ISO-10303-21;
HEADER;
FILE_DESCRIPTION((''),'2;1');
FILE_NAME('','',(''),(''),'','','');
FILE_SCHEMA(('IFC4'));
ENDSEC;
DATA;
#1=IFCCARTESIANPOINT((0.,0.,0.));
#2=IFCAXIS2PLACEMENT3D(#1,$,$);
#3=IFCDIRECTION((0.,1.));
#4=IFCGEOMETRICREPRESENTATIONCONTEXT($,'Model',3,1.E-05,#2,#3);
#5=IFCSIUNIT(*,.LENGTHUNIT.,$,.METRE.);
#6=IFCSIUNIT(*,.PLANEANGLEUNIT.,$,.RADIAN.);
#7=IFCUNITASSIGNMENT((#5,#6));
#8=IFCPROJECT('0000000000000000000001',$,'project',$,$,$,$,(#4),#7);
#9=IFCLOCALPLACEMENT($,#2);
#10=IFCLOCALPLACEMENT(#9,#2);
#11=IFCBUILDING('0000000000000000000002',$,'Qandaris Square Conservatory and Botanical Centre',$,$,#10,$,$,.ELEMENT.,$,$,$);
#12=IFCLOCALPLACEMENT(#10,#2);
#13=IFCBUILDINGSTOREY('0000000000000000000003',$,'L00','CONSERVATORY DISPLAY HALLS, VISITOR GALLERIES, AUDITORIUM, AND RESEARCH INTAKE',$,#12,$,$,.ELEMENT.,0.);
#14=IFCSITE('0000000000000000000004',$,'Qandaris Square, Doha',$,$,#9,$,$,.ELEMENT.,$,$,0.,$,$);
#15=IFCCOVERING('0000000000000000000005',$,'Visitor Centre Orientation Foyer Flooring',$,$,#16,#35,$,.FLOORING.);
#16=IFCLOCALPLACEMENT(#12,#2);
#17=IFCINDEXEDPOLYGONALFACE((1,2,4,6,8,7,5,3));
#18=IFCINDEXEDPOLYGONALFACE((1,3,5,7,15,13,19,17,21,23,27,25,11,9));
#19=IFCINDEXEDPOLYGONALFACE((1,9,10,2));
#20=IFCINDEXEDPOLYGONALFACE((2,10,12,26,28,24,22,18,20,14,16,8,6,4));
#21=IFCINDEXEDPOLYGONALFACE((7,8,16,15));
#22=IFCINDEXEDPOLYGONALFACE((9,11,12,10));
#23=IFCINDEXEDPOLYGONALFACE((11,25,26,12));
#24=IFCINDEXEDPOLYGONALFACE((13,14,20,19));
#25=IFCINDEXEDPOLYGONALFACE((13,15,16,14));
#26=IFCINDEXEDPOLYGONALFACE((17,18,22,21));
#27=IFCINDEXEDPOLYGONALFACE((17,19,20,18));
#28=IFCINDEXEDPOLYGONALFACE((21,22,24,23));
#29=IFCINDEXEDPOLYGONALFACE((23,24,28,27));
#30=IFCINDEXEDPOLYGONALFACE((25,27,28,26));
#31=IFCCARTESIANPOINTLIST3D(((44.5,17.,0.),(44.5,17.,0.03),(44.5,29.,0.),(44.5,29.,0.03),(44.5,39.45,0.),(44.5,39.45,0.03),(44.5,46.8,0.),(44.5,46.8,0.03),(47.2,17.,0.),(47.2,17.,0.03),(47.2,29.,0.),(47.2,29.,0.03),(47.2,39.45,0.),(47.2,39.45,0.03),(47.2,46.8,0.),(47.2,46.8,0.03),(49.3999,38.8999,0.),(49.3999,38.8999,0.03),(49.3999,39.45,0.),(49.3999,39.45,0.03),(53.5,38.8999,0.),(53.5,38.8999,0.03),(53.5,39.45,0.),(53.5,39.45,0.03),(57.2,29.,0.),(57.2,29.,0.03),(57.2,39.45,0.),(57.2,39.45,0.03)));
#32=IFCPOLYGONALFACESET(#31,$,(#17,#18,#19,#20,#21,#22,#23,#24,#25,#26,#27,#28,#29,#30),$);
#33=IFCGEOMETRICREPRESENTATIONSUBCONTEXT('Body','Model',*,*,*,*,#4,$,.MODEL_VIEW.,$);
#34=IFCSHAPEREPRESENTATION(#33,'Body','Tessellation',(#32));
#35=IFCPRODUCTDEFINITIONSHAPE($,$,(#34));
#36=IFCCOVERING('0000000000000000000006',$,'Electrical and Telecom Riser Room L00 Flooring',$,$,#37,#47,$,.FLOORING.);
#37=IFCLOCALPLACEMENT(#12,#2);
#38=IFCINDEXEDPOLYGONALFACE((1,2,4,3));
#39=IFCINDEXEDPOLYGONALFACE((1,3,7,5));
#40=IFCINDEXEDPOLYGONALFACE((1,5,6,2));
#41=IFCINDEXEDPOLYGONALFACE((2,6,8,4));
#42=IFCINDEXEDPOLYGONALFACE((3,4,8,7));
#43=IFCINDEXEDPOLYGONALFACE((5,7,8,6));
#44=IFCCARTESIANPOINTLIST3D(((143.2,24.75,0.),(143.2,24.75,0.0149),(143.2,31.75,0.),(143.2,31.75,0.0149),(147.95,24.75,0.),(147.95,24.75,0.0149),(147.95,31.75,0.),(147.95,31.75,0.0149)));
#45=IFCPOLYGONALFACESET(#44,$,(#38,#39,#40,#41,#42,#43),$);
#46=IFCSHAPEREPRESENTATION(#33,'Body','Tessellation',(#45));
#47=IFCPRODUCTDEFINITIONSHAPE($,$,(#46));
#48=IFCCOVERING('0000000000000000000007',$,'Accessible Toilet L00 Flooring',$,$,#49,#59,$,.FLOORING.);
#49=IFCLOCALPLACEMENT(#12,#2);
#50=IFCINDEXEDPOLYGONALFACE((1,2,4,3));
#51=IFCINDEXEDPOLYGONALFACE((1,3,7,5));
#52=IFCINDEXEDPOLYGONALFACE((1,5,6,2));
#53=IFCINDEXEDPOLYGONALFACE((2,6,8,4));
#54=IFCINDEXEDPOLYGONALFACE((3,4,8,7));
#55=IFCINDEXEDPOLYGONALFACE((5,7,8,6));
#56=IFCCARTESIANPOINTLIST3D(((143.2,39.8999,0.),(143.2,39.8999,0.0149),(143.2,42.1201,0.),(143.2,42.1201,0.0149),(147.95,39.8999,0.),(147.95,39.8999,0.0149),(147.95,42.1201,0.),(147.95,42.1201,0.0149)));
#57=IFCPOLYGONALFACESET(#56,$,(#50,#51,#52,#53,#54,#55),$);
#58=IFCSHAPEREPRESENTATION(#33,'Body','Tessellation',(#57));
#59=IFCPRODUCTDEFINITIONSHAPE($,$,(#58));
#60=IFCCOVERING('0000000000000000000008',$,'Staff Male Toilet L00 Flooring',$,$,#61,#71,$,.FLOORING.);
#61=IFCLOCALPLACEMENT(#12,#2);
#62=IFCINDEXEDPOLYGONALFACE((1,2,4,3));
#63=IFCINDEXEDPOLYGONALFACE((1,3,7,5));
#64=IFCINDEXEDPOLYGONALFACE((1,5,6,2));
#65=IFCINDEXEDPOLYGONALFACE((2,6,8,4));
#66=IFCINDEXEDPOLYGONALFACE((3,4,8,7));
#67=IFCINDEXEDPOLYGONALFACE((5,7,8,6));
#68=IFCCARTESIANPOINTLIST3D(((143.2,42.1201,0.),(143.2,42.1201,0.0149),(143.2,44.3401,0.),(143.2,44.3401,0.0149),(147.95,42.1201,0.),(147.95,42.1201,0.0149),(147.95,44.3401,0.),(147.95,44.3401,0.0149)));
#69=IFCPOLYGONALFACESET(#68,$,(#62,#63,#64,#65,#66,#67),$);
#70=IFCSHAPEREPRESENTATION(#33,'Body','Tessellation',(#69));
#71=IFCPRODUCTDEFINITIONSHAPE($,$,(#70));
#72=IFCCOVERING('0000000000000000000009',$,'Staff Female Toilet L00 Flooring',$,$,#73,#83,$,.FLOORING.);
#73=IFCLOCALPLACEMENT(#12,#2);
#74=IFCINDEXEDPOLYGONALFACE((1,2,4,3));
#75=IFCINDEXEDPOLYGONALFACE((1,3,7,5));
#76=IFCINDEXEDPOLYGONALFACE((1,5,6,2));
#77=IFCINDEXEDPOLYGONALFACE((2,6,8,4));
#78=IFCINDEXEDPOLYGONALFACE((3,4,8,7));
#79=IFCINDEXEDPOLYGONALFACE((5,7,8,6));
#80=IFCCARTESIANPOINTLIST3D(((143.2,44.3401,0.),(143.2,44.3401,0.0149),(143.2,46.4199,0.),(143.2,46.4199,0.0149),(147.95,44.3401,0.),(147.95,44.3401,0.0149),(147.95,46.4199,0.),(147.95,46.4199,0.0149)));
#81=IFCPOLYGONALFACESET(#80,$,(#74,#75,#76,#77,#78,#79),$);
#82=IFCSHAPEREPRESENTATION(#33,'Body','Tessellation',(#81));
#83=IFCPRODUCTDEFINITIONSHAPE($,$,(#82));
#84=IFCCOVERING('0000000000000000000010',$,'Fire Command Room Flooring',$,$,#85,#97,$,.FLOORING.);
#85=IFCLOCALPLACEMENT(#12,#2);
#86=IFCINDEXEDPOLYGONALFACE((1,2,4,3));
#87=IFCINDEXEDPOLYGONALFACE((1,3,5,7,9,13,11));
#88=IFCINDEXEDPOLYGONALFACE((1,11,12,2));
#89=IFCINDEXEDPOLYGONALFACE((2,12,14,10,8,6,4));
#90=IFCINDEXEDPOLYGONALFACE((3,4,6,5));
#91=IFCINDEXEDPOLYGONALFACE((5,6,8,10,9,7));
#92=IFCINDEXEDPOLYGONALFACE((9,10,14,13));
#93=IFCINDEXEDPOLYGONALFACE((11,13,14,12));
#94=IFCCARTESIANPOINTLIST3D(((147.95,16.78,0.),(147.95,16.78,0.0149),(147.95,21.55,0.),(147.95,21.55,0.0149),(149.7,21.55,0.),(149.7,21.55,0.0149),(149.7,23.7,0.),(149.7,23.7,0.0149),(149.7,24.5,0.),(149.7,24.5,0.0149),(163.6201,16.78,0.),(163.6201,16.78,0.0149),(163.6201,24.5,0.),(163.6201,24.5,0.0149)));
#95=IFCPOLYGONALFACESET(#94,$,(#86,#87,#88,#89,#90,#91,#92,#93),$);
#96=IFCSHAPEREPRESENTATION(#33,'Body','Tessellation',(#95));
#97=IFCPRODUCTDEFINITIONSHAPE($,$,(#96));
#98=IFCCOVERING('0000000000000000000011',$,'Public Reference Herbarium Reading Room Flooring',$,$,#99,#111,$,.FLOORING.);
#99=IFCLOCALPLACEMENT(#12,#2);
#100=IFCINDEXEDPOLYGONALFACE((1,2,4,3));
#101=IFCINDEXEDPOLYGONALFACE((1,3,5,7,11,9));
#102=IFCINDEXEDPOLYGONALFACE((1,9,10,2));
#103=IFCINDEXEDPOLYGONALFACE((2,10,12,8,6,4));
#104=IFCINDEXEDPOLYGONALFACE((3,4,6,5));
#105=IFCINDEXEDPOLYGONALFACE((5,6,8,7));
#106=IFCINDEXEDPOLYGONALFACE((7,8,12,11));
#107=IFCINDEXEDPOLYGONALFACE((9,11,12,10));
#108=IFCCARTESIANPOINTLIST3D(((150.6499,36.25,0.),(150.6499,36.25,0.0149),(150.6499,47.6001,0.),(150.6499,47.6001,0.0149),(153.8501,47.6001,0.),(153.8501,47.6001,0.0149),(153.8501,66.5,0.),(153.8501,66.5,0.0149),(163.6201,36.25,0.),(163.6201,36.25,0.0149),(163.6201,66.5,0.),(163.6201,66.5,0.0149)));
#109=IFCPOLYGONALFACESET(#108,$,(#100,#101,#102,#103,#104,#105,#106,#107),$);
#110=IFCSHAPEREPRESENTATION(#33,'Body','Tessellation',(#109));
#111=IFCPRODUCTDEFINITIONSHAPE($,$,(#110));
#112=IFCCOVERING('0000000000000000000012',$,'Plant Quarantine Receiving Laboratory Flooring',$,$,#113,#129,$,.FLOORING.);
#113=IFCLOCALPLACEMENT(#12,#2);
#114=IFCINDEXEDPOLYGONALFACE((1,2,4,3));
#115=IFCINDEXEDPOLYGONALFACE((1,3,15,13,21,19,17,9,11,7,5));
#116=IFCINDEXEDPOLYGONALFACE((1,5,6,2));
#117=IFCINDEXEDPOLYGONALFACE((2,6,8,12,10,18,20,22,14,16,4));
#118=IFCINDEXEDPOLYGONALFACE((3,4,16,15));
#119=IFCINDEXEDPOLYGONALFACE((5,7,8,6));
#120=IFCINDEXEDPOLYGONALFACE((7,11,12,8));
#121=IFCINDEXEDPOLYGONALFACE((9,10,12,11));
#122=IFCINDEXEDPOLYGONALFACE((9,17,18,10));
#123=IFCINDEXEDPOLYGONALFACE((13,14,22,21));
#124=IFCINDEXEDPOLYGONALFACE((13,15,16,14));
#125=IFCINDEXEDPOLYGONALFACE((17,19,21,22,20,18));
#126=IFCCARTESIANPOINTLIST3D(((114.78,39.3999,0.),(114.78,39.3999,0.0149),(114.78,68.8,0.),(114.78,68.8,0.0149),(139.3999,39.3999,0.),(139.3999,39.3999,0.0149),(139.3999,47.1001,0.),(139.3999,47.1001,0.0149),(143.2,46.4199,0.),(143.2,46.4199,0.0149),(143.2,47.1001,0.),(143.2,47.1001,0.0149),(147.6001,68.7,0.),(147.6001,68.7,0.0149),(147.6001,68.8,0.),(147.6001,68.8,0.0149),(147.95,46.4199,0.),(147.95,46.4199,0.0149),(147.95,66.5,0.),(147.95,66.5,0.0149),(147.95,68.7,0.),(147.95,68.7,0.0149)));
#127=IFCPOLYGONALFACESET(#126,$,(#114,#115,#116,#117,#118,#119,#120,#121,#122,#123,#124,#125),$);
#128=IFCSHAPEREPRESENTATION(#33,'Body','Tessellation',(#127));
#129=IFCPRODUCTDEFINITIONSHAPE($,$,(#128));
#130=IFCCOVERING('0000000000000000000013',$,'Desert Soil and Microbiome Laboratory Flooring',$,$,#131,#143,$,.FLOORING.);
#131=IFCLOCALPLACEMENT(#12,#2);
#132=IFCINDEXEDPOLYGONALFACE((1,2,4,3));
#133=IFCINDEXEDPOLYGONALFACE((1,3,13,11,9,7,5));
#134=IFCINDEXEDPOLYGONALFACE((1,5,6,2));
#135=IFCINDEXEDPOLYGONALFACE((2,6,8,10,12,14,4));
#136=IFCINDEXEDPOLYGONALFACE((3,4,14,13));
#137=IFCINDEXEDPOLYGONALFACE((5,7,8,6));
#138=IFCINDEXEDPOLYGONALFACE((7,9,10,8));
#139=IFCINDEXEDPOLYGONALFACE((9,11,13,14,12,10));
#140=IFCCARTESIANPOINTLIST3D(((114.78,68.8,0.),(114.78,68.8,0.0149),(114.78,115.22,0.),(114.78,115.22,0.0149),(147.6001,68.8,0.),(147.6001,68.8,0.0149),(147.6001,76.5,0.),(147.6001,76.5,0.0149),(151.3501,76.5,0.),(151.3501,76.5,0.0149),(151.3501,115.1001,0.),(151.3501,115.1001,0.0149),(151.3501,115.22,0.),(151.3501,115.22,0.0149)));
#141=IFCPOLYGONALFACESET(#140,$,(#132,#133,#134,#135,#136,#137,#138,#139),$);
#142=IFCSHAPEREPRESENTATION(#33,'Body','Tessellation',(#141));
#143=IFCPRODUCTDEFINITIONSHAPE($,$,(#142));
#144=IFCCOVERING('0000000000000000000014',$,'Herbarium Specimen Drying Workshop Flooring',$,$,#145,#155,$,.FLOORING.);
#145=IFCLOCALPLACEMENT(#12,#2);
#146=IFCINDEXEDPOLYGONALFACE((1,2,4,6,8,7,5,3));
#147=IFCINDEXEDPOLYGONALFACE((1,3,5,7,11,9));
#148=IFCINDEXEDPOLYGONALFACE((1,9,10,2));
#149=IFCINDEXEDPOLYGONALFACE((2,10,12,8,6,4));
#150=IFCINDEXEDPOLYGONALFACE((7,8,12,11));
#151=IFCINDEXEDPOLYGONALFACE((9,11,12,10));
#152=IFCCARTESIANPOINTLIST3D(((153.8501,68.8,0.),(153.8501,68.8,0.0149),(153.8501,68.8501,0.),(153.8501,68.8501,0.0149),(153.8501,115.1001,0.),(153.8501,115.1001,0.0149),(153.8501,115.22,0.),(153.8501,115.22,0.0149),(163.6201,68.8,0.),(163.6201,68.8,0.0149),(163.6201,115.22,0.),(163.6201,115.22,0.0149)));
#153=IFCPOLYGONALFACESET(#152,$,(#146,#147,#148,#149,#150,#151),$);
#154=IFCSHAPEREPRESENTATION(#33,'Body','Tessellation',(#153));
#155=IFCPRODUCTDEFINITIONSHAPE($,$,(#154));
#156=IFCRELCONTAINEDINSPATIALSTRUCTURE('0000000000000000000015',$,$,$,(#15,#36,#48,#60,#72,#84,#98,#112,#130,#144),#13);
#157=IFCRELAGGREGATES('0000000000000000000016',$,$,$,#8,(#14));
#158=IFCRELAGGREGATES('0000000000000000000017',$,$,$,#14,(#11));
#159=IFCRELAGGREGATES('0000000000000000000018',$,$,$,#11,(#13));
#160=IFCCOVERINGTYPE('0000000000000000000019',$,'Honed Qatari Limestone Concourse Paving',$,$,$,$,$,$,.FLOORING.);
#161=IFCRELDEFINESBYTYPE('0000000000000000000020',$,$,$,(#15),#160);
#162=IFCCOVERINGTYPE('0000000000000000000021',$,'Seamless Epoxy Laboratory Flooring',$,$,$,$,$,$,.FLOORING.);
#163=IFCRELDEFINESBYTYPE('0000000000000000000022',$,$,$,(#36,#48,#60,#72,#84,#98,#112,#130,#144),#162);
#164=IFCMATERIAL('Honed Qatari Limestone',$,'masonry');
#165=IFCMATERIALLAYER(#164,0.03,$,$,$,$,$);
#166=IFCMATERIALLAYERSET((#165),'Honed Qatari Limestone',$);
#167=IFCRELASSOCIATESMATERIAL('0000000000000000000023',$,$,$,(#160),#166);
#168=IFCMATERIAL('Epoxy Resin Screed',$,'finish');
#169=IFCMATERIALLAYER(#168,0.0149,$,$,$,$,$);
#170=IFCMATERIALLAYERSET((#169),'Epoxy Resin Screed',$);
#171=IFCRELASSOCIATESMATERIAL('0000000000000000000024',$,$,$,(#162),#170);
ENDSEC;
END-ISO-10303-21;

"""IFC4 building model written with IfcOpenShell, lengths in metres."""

from ifc_helpers import new_model, si_unit, direction, origin, place, context, subcontext, project, spatial, polyline, outline, extrude, material, layer, layer_set, type_object, element, save


model = new_model("IFC4")

# Units and contexts
model_context = context("Model", 3, precision=1e-05, world=origin(), true_north=direction((0.0, 1.0)))
body_context = subcontext(model_context, "Body", "Model", "MODEL_VIEW")
ifc_project = project(units=[si_unit("LENGTHUNIT", "METRE"), si_unit("PLANEANGLEUNIT", "RADIAN")], contexts=[model_context])

# Site, building, storey
site_placement = place(None, origin())
site = spatial("IfcSite", under=ifc_project, at=site_placement, Name="Qandaris Square, Doha", CompositionType="ELEMENT", RefElevation=0.0)
building_placement = place(site_placement, origin())
building = spatial("IfcBuilding", under=site, at=building_placement, Name="Qandaris Square Conservatory and Botanical Centre", CompositionType="ELEMENT")
storey_placement = place(building_placement, origin())
storey = spatial("IfcBuildingStorey", under=building, at=storey_placement, Name="L00", Description="CONSERVATORY DISPLAY HALLS, VISITOR GALLERIES, AUDITORIUM, AND RESEARCH INTAKE", CompositionType="ELEMENT", Elevation=0.0)

# Coverings
ifc_material_1 = material(Name="Honed Qatari Limestone", Category="masonry")
ifc_layer_1 = layer(ifc_material_1, 0.03)
ifc_layer_set_1 = layer_set([ifc_layer_1], Name="Honed Qatari Limestone")
covering_type_1 = type_object("IfcCoveringType", Name="Honed Qatari Limestone Concourse Paving", PredefinedType="FLOORING", material=ifc_layer_set_1)
covering_1_placement = place(storey_placement, origin())
element("IfcCovering", 1, at=covering_1_placement, inside=storey, type_object=covering_type_1, Name="Visitor Centre Orientation Foyer Flooring", PredefinedType="FLOORING", context=body_context, shape_type="SweptSolid", body=[
    extrude(outline(polyline([(47.2, 29.0), (47.2, 17.0), (44.5, 17.0), (44.5, 29.0), (44.5, 39.45), (44.5, 46.8), (47.2, 46.8), (47.2, 39.45), (49.3999, 39.45), (49.3999, 38.8999), (53.5, 38.8999), (53.5, 39.45), (57.2, 39.45), (57.2, 29.0), (47.2, 29.0)])), origin(), (0.0, 0.0, 1.0), 0.03),
])
ifc_material_2 = material(Name="Epoxy Resin Screed", Category="finish")
ifc_layer_2 = layer(ifc_material_2, 0.0149)
ifc_layer_set_2 = layer_set([ifc_layer_2], Name="Epoxy Resin Screed")
covering_type_2 = type_object("IfcCoveringType", Name="Seamless Epoxy Laboratory Flooring", PredefinedType="FLOORING", material=ifc_layer_set_2)
covering_2_placement = place(storey_placement, origin())
element("IfcCovering", 2, at=covering_2_placement, inside=storey, type_object=covering_type_2, Name="Electrical and Telecom Riser Room L00 Flooring", PredefinedType="FLOORING", context=body_context, shape_type="SweptSolid", body=[
    extrude(outline(polyline([(147.95, 31.75), (147.95, 24.75), (143.2, 24.75), (143.2, 31.75), (147.95, 31.75)])), origin(), (0.0, 0.0, 1.0), 0.0149),
])
covering_3_placement = place(storey_placement, origin())
element("IfcCovering", 3, at=covering_3_placement, inside=storey, type_object=covering_type_2, Name="Accessible Toilet L00 Flooring", PredefinedType="FLOORING", context=body_context, shape_type="SweptSolid", body=[
    extrude(outline(polyline([(147.95, 42.1201), (147.95, 39.8999), (143.2, 39.8999), (143.2, 42.1201), (147.95, 42.1201)])), origin(), (0.0, 0.0, 1.0), 0.0149),
])
covering_4_placement = place(storey_placement, origin())
element("IfcCovering", 4, at=covering_4_placement, inside=storey, type_object=covering_type_2, Name="Staff Male Toilet L00 Flooring", PredefinedType="FLOORING", context=body_context, shape_type="SweptSolid", body=[
    extrude(outline(polyline([(147.95, 44.3401), (147.95, 42.1201), (143.2, 42.1201), (143.2, 44.3401), (147.95, 44.3401)])), origin(), (0.0, 0.0, 1.0), 0.0149),
])
covering_5_placement = place(storey_placement, origin())
element("IfcCovering", 5, at=covering_5_placement, inside=storey, type_object=covering_type_2, Name="Staff Female Toilet L00 Flooring", PredefinedType="FLOORING", context=body_context, shape_type="SweptSolid", body=[
    extrude(outline(polyline([(147.95, 46.4199), (147.95, 44.3401), (143.2, 44.3401), (143.2, 46.4199), (147.95, 46.4199)])), origin(), (0.0, 0.0, 1.0), 0.0149),
])
covering_6_placement = place(storey_placement, origin())
element("IfcCovering", 6, at=covering_6_placement, inside=storey, type_object=covering_type_2, Name="Fire Command Room Flooring", PredefinedType="FLOORING", context=body_context, shape_type="SweptSolid", body=[
    extrude(outline(polyline([(147.95, 21.55), (149.7, 21.55), (149.7, 23.7), (149.7, 24.5), (163.6201, 24.5), (163.6201, 16.78), (147.95, 16.78), (147.95, 21.55)])), origin(), (0.0, 0.0, 1.0), 0.0149),
])
covering_7_placement = place(storey_placement, origin())
element("IfcCovering", 7, at=covering_7_placement, inside=storey, type_object=covering_type_2, Name="Public Reference Herbarium Reading Room Flooring", PredefinedType="FLOORING", context=body_context, shape_type="SweptSolid", body=[
    extrude(outline(polyline([(150.6499, 47.6001), (153.8501, 47.6001), (153.8501, 66.5), (163.6201, 66.5), (163.6201, 36.25), (150.6499, 36.25), (150.6499, 47.6001)])), origin(), (0.0, 0.0, 1.0), 0.0149),
])
covering_8_placement = place(storey_placement, origin())
element("IfcCovering", 8, at=covering_8_placement, inside=storey, type_object=covering_type_2, Name="Plant Quarantine Receiving Laboratory Flooring", PredefinedType="FLOORING", context=body_context, shape_type="SweptSolid", body=[
    extrude(outline(polyline([(147.95, 66.5), (147.95, 46.4199), (143.2, 46.4199), (143.2, 47.1001), (139.3999, 47.1001), (139.3999, 39.3999), (114.78, 39.3999), (114.78, 68.8), (147.6001, 68.8), (147.6001, 68.7), (147.95, 68.7), (147.95, 66.5)])), origin(), (0.0, 0.0, 1.0), 0.0149),
])
covering_9_placement = place(storey_placement, origin())
element("IfcCovering", 9, at=covering_9_placement, inside=storey, type_object=covering_type_2, Name="Desert Soil and Microbiome Laboratory Flooring", PredefinedType="FLOORING", context=body_context, shape_type="SweptSolid", body=[
    extrude(outline(polyline([(151.3501, 115.1001), (151.3501, 76.5), (147.6001, 76.5), (147.6001, 68.8), (114.78, 68.8), (114.78, 115.22), (151.3501, 115.22), (151.3501, 115.1001)])), origin(), (0.0, 0.0, 1.0), 0.0149),
])
covering_10_placement = place(storey_placement, origin())
element("IfcCovering", 10, at=covering_10_placement, inside=storey, type_object=covering_type_2, Name="Herbarium Specimen Drying Workshop Flooring", PredefinedType="FLOORING", context=body_context, shape_type="SweptSolid", body=[
    extrude(outline(polyline([(153.8501, 68.8), (153.8501, 68.8501), (153.8501, 115.1001), (153.8501, 115.22), (163.6201, 115.22), (163.6201, 68.8), (153.8501, 68.8)])), origin(), (0.0, 0.0, 1.0), 0.0149),
])

save(model, "model.ifc")
